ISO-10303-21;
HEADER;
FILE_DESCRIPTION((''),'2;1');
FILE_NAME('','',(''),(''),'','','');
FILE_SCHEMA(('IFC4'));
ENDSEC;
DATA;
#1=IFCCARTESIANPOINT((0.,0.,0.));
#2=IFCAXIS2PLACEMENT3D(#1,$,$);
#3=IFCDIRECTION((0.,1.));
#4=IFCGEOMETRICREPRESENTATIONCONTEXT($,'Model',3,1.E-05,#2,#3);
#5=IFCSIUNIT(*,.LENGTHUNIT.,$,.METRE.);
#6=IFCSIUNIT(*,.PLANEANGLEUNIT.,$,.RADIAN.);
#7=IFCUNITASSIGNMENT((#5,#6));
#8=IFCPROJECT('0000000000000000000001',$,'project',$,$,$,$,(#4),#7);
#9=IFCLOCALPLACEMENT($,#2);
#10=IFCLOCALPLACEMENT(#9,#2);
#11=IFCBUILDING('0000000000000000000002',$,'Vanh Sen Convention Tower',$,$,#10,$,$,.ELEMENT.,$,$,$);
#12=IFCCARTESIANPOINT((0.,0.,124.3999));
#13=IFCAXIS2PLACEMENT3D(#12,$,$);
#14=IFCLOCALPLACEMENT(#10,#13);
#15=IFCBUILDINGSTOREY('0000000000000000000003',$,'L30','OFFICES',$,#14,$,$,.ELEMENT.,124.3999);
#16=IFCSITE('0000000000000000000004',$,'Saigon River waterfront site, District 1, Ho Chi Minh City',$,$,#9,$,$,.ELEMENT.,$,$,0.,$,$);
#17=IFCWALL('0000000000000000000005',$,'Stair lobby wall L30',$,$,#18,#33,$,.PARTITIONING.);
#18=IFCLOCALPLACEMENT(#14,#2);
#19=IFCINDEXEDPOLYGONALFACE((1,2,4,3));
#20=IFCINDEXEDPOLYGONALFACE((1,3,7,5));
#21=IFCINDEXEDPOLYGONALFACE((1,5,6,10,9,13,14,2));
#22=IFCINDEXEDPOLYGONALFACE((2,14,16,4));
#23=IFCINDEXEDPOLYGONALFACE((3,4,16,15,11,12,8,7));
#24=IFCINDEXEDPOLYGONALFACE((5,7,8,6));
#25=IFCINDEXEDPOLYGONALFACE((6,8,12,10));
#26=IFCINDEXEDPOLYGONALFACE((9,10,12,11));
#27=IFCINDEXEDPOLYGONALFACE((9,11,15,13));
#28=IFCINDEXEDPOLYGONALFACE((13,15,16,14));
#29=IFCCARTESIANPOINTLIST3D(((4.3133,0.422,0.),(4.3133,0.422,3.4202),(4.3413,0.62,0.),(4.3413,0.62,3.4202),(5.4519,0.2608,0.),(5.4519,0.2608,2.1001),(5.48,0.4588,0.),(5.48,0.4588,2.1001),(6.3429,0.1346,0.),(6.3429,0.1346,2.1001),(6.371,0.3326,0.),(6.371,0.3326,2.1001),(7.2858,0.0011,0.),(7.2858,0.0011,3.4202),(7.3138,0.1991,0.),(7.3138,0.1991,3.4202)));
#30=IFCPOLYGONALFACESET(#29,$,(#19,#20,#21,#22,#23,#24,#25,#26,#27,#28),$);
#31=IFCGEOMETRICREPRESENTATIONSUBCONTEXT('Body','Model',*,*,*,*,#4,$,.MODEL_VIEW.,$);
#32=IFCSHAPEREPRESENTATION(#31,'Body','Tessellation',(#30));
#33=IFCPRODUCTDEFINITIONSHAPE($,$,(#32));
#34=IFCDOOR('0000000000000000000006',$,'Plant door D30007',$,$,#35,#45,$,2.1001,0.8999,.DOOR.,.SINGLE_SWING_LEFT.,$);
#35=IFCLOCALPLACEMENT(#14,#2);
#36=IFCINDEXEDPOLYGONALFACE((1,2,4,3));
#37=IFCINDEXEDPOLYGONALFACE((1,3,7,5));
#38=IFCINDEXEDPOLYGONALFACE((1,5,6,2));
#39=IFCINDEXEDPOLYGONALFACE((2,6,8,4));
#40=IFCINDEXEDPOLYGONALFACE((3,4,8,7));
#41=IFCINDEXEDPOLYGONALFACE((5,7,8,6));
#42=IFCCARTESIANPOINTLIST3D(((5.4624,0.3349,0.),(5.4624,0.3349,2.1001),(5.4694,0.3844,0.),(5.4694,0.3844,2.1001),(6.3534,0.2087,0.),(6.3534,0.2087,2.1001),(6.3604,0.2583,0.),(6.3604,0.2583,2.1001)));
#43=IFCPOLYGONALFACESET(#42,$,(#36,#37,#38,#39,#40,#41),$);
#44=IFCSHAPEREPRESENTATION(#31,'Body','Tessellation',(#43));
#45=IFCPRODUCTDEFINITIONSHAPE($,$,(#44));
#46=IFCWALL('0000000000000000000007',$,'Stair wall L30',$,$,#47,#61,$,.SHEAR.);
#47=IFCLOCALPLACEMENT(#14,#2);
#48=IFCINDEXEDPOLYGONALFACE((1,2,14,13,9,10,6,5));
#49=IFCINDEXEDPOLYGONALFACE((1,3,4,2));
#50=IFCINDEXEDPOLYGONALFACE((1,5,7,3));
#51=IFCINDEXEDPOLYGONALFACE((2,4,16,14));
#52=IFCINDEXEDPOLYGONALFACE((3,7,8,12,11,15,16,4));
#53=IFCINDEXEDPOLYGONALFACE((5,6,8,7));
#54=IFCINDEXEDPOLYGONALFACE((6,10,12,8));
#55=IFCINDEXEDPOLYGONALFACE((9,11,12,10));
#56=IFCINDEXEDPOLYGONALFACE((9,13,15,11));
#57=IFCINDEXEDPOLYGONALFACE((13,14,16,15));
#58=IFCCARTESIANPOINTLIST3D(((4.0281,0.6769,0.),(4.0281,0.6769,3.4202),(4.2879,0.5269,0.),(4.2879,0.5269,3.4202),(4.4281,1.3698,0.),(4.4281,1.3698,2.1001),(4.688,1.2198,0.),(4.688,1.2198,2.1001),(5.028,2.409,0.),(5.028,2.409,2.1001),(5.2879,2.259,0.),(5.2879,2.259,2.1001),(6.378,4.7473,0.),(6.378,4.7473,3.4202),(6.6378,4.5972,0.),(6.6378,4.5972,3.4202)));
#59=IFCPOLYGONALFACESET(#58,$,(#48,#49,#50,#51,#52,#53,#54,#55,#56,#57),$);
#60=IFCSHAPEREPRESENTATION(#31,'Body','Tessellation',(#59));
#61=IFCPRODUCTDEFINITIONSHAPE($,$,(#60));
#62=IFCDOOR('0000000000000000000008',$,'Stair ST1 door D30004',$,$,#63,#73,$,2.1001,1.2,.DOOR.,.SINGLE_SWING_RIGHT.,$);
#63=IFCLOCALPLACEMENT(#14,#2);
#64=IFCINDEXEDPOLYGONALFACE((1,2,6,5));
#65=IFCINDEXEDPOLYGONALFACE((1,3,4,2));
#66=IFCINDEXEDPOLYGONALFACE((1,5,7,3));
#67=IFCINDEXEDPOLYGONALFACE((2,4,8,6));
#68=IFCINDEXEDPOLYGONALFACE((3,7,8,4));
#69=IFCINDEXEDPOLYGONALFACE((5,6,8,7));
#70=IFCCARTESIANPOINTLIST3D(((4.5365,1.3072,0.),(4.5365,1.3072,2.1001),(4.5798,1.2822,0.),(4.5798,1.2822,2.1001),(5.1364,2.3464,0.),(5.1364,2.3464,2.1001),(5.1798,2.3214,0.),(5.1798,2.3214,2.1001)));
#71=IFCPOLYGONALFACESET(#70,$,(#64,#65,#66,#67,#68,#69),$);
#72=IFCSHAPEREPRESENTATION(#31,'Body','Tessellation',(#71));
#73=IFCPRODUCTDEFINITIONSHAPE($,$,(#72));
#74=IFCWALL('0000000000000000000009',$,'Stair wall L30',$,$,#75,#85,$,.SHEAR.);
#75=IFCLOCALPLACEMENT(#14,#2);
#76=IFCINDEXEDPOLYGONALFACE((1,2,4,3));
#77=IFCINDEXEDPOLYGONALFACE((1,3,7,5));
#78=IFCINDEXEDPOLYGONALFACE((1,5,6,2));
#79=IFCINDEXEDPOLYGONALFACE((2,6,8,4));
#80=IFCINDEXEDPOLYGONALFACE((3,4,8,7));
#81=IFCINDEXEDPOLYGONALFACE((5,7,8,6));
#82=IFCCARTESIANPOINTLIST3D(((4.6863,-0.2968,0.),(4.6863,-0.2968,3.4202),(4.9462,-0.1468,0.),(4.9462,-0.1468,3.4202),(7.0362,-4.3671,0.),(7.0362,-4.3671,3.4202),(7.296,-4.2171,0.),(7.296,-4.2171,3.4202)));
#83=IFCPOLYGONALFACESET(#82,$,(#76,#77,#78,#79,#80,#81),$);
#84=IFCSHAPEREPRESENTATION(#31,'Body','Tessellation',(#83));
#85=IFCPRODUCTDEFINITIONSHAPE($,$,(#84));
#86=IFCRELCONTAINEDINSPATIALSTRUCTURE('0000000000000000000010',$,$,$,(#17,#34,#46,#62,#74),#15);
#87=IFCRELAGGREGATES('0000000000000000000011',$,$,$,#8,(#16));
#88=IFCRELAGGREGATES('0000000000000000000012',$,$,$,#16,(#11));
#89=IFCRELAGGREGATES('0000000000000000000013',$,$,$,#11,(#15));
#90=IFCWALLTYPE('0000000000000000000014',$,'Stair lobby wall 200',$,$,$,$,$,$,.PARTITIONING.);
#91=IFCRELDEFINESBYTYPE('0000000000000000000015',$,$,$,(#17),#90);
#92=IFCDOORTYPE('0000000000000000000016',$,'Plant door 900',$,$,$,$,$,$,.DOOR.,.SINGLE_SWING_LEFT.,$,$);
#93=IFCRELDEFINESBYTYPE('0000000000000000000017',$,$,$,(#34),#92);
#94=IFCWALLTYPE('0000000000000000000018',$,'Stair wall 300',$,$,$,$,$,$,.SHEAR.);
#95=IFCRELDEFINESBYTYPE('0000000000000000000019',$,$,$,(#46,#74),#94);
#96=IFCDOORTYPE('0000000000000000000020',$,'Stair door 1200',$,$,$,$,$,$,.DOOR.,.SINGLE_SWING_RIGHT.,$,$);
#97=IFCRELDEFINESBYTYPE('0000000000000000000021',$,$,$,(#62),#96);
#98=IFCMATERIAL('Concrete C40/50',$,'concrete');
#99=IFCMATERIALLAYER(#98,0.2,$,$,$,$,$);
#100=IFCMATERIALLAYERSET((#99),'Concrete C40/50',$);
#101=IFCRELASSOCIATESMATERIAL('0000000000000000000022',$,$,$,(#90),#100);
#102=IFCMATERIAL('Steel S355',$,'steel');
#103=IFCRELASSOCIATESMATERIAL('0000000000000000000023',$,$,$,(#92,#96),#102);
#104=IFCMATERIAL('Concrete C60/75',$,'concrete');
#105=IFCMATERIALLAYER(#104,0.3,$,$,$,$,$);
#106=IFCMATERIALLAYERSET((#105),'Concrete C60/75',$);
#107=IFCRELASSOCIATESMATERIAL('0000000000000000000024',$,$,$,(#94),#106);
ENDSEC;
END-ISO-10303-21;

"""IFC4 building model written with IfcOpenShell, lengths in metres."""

from ifc_helpers import new_model, si_unit, direction, frame, frame_2d, origin, place, context, subcontext, project, spatial, rectangle, extrude, material, layer, layer_set, type_object, element, fill, save


model = new_model("IFC4")

# Units and contexts
model_context = context("Model", 3, precision=1e-05, world=origin(), true_north=direction((0.0, 1.0)))
body_context = subcontext(model_context, "Body", "Model", "MODEL_VIEW")
ifc_project = project(units=[si_unit("LENGTHUNIT", "METRE"), si_unit("PLANEANGLEUNIT", "RADIAN")], contexts=[model_context])

# Site, building, storey
site_placement = place(None, origin())
site = spatial("IfcSite", under=ifc_project, at=site_placement, Name="Saigon River waterfront site, District 1, Ho Chi Minh City", CompositionType="ELEMENT", RefElevation=0.0)
building_placement = place(site_placement, origin())
building = spatial("IfcBuilding", under=site, at=building_placement, Name="Vanh Sen Convention Tower", CompositionType="ELEMENT")
storey_placement = place(building_placement, frame((0.0, 0.0, 124.3999)))
storey = spatial("IfcBuildingStorey", under=building, at=storey_placement, Name="L30", Description="OFFICES", CompositionType="ELEMENT", Elevation=124.3999)

# Shared definitions
ifc_material_1 = material(Name="Steel S355", Category="steel")

# Shared definitions
ifc_material_2 = material(Name="Concrete C40/50", Category="concrete")

# Walls, openings, doors
ifc_layer_1 = layer(ifc_material_2, 0.2)
ifc_layer_set_1 = layer_set([ifc_layer_1], Name="Concrete C40/50")
wall_type_1 = type_object("IfcWallType", Name="Stair lobby wall 200", PredefinedType="PARTITIONING", material=ifc_layer_set_1)
wall_1_placement = place(storey_placement, frame((4.3274, 0.521, 0.0), z_axis=(0.0, 0.0, 1.0), x_axis=(0.990124, -0.140192, 0.0)))
wall_1 = element("IfcWall", 1, at=wall_1_placement, inside=storey, type_object=wall_type_1, Name="Stair lobby wall L30", PredefinedType="PARTITIONING", context=body_context, shape_type="SweptSolid", body=[
    extrude(rectangle(XDim=3.0022, YDim=0.2, at=frame_2d((1.501, 0.0))), origin(), (0.0, 0.0, 1.0), 3.4202),
])
opening_1_placement = place(wall_1_placement, frame((1.1499, 0.0, 0.0)))
opening_1 = element("IfcOpeningElement", 2, at=opening_1_placement, cuts=wall_1, PredefinedType="OPENING", context=body_context, shape_type="SweptSolid", body=[
    extrude(rectangle(XDim=0.8999, YDim=2.1001, at=frame_2d((0.45, 1.05))), frame((0.0, 0.1099, 0.0), z_axis=(0.0, -1.0, 0.0), x_axis=(1.0, 0.0, 0.0)), (0.0, 0.0, 1.0), 0.22),
])
door_type_1 = type_object("IfcDoorType", Name="Plant door 900", OperationType="SINGLE_SWING_LEFT", PredefinedType="DOOR", material=ifc_material_1)
door_1_placement = place(opening_1_placement, origin())
door_1 = element("IfcDoor", 3, at=door_1_placement, inside=storey, type_object=door_type_1, Name="Plant door D30007", OperationType="SINGLE_SWING_LEFT", OverallHeight=2.1001, OverallWidth=0.8999, PredefinedType="DOOR", context=body_context, shape_type="SweptSolid", body=[
    extrude(rectangle(XDim=0.8999, YDim=2.1001, at=frame_2d((0.45, 1.05))), frame((0.0, 0.0249, 0.0), z_axis=(0.0, -1.0, 0.0), x_axis=(1.0, 0.0, 0.0)), (0.0, 0.0, 1.0), 0.05),
])
fill(opening_1, door_1)
ifc_material_3 = material(Name="Concrete C60/75", Category="concrete")
ifc_layer_2 = layer(ifc_material_3, 0.3)
ifc_layer_set_2 = layer_set([ifc_layer_2], Name="Concrete C60/75")
wall_type_2 = type_object("IfcWallType", Name="Stair wall 300", PredefinedType="SHEAR", material=ifc_layer_set_2)
wall_2_placement = place(storey_placement, frame((4.158, 0.6018, 0.0), z_axis=(0.0, 0.0, 1.0), x_axis=(0.499977, 0.866039, 0.0)))
wall_2 = element("IfcWall", 4, at=wall_2_placement, inside=storey, type_object=wall_type_2, Name="Stair wall L30", PredefinedType="SHEAR", context=body_context, shape_type="SweptSolid", body=[
    extrude(rectangle(XDim=4.7, YDim=0.3, at=frame_2d((2.3501, 0.0))), origin(), (0.0, 0.0, 1.0), 3.4202),
])
opening_2_placement = place(wall_2_placement, frame((0.8, 0.0, 0.0)))
opening_2 = element("IfcOpeningElement", 5, at=opening_2_placement, cuts=wall_2, PredefinedType="OPENING", context=body_context, shape_type="SweptSolid", body=[
    extrude(rectangle(XDim=1.2, YDim=2.1001, at=frame_2d((0.6001, 1.05))), frame((0.0, 0.1599, 0.0), z_axis=(0.0, -1.0, 0.0), x_axis=(1.0, 0.0, 0.0)), (0.0, 0.0, 1.0), 0.3201),
])
door_type_2 = type_object("IfcDoorType", Name="Stair door 1200", OperationType="SINGLE_SWING_RIGHT", PredefinedType="DOOR", material=ifc_material_1)
door_2_placement = place(opening_2_placement, origin())
door_2 = element("IfcDoor", 6, at=door_2_placement, inside=storey, type_object=door_type_2, Name="Stair ST1 door D30004", OperationType="SINGLE_SWING_RIGHT", OverallHeight=2.1001, OverallWidth=1.2, PredefinedType="DOOR", context=body_context, shape_type="SweptSolid", body=[
    extrude(rectangle(XDim=1.2, YDim=2.1001, at=frame_2d((0.6001, 1.05))), frame((0.0, 0.0249, 0.0), z_axis=(0.0, -1.0, 0.0), x_axis=(1.0, 0.0, 0.0)), (0.0, 0.0, 1.0), 0.05),
])
fill(opening_2, door_2)

# Wall
wall_3_placement = place(storey_placement, frame((4.8162, -0.2217, 0.0), z_axis=(0.0, 0.0, 1.0), x_axis=(0.499977, -0.866039, 0.0)))
element("IfcWall", 7, at=wall_3_placement, inside=storey, type_object=wall_type_2, Name="Stair wall L30", PredefinedType="SHEAR", context=body_context, shape_type="SweptSolid", body=[
    extrude(rectangle(XDim=4.7, YDim=0.3, at=frame_2d((2.3501, 0.0))), origin(), (0.0, 0.0, 1.0), 3.4202),
])

save(model, "model.ifc")
